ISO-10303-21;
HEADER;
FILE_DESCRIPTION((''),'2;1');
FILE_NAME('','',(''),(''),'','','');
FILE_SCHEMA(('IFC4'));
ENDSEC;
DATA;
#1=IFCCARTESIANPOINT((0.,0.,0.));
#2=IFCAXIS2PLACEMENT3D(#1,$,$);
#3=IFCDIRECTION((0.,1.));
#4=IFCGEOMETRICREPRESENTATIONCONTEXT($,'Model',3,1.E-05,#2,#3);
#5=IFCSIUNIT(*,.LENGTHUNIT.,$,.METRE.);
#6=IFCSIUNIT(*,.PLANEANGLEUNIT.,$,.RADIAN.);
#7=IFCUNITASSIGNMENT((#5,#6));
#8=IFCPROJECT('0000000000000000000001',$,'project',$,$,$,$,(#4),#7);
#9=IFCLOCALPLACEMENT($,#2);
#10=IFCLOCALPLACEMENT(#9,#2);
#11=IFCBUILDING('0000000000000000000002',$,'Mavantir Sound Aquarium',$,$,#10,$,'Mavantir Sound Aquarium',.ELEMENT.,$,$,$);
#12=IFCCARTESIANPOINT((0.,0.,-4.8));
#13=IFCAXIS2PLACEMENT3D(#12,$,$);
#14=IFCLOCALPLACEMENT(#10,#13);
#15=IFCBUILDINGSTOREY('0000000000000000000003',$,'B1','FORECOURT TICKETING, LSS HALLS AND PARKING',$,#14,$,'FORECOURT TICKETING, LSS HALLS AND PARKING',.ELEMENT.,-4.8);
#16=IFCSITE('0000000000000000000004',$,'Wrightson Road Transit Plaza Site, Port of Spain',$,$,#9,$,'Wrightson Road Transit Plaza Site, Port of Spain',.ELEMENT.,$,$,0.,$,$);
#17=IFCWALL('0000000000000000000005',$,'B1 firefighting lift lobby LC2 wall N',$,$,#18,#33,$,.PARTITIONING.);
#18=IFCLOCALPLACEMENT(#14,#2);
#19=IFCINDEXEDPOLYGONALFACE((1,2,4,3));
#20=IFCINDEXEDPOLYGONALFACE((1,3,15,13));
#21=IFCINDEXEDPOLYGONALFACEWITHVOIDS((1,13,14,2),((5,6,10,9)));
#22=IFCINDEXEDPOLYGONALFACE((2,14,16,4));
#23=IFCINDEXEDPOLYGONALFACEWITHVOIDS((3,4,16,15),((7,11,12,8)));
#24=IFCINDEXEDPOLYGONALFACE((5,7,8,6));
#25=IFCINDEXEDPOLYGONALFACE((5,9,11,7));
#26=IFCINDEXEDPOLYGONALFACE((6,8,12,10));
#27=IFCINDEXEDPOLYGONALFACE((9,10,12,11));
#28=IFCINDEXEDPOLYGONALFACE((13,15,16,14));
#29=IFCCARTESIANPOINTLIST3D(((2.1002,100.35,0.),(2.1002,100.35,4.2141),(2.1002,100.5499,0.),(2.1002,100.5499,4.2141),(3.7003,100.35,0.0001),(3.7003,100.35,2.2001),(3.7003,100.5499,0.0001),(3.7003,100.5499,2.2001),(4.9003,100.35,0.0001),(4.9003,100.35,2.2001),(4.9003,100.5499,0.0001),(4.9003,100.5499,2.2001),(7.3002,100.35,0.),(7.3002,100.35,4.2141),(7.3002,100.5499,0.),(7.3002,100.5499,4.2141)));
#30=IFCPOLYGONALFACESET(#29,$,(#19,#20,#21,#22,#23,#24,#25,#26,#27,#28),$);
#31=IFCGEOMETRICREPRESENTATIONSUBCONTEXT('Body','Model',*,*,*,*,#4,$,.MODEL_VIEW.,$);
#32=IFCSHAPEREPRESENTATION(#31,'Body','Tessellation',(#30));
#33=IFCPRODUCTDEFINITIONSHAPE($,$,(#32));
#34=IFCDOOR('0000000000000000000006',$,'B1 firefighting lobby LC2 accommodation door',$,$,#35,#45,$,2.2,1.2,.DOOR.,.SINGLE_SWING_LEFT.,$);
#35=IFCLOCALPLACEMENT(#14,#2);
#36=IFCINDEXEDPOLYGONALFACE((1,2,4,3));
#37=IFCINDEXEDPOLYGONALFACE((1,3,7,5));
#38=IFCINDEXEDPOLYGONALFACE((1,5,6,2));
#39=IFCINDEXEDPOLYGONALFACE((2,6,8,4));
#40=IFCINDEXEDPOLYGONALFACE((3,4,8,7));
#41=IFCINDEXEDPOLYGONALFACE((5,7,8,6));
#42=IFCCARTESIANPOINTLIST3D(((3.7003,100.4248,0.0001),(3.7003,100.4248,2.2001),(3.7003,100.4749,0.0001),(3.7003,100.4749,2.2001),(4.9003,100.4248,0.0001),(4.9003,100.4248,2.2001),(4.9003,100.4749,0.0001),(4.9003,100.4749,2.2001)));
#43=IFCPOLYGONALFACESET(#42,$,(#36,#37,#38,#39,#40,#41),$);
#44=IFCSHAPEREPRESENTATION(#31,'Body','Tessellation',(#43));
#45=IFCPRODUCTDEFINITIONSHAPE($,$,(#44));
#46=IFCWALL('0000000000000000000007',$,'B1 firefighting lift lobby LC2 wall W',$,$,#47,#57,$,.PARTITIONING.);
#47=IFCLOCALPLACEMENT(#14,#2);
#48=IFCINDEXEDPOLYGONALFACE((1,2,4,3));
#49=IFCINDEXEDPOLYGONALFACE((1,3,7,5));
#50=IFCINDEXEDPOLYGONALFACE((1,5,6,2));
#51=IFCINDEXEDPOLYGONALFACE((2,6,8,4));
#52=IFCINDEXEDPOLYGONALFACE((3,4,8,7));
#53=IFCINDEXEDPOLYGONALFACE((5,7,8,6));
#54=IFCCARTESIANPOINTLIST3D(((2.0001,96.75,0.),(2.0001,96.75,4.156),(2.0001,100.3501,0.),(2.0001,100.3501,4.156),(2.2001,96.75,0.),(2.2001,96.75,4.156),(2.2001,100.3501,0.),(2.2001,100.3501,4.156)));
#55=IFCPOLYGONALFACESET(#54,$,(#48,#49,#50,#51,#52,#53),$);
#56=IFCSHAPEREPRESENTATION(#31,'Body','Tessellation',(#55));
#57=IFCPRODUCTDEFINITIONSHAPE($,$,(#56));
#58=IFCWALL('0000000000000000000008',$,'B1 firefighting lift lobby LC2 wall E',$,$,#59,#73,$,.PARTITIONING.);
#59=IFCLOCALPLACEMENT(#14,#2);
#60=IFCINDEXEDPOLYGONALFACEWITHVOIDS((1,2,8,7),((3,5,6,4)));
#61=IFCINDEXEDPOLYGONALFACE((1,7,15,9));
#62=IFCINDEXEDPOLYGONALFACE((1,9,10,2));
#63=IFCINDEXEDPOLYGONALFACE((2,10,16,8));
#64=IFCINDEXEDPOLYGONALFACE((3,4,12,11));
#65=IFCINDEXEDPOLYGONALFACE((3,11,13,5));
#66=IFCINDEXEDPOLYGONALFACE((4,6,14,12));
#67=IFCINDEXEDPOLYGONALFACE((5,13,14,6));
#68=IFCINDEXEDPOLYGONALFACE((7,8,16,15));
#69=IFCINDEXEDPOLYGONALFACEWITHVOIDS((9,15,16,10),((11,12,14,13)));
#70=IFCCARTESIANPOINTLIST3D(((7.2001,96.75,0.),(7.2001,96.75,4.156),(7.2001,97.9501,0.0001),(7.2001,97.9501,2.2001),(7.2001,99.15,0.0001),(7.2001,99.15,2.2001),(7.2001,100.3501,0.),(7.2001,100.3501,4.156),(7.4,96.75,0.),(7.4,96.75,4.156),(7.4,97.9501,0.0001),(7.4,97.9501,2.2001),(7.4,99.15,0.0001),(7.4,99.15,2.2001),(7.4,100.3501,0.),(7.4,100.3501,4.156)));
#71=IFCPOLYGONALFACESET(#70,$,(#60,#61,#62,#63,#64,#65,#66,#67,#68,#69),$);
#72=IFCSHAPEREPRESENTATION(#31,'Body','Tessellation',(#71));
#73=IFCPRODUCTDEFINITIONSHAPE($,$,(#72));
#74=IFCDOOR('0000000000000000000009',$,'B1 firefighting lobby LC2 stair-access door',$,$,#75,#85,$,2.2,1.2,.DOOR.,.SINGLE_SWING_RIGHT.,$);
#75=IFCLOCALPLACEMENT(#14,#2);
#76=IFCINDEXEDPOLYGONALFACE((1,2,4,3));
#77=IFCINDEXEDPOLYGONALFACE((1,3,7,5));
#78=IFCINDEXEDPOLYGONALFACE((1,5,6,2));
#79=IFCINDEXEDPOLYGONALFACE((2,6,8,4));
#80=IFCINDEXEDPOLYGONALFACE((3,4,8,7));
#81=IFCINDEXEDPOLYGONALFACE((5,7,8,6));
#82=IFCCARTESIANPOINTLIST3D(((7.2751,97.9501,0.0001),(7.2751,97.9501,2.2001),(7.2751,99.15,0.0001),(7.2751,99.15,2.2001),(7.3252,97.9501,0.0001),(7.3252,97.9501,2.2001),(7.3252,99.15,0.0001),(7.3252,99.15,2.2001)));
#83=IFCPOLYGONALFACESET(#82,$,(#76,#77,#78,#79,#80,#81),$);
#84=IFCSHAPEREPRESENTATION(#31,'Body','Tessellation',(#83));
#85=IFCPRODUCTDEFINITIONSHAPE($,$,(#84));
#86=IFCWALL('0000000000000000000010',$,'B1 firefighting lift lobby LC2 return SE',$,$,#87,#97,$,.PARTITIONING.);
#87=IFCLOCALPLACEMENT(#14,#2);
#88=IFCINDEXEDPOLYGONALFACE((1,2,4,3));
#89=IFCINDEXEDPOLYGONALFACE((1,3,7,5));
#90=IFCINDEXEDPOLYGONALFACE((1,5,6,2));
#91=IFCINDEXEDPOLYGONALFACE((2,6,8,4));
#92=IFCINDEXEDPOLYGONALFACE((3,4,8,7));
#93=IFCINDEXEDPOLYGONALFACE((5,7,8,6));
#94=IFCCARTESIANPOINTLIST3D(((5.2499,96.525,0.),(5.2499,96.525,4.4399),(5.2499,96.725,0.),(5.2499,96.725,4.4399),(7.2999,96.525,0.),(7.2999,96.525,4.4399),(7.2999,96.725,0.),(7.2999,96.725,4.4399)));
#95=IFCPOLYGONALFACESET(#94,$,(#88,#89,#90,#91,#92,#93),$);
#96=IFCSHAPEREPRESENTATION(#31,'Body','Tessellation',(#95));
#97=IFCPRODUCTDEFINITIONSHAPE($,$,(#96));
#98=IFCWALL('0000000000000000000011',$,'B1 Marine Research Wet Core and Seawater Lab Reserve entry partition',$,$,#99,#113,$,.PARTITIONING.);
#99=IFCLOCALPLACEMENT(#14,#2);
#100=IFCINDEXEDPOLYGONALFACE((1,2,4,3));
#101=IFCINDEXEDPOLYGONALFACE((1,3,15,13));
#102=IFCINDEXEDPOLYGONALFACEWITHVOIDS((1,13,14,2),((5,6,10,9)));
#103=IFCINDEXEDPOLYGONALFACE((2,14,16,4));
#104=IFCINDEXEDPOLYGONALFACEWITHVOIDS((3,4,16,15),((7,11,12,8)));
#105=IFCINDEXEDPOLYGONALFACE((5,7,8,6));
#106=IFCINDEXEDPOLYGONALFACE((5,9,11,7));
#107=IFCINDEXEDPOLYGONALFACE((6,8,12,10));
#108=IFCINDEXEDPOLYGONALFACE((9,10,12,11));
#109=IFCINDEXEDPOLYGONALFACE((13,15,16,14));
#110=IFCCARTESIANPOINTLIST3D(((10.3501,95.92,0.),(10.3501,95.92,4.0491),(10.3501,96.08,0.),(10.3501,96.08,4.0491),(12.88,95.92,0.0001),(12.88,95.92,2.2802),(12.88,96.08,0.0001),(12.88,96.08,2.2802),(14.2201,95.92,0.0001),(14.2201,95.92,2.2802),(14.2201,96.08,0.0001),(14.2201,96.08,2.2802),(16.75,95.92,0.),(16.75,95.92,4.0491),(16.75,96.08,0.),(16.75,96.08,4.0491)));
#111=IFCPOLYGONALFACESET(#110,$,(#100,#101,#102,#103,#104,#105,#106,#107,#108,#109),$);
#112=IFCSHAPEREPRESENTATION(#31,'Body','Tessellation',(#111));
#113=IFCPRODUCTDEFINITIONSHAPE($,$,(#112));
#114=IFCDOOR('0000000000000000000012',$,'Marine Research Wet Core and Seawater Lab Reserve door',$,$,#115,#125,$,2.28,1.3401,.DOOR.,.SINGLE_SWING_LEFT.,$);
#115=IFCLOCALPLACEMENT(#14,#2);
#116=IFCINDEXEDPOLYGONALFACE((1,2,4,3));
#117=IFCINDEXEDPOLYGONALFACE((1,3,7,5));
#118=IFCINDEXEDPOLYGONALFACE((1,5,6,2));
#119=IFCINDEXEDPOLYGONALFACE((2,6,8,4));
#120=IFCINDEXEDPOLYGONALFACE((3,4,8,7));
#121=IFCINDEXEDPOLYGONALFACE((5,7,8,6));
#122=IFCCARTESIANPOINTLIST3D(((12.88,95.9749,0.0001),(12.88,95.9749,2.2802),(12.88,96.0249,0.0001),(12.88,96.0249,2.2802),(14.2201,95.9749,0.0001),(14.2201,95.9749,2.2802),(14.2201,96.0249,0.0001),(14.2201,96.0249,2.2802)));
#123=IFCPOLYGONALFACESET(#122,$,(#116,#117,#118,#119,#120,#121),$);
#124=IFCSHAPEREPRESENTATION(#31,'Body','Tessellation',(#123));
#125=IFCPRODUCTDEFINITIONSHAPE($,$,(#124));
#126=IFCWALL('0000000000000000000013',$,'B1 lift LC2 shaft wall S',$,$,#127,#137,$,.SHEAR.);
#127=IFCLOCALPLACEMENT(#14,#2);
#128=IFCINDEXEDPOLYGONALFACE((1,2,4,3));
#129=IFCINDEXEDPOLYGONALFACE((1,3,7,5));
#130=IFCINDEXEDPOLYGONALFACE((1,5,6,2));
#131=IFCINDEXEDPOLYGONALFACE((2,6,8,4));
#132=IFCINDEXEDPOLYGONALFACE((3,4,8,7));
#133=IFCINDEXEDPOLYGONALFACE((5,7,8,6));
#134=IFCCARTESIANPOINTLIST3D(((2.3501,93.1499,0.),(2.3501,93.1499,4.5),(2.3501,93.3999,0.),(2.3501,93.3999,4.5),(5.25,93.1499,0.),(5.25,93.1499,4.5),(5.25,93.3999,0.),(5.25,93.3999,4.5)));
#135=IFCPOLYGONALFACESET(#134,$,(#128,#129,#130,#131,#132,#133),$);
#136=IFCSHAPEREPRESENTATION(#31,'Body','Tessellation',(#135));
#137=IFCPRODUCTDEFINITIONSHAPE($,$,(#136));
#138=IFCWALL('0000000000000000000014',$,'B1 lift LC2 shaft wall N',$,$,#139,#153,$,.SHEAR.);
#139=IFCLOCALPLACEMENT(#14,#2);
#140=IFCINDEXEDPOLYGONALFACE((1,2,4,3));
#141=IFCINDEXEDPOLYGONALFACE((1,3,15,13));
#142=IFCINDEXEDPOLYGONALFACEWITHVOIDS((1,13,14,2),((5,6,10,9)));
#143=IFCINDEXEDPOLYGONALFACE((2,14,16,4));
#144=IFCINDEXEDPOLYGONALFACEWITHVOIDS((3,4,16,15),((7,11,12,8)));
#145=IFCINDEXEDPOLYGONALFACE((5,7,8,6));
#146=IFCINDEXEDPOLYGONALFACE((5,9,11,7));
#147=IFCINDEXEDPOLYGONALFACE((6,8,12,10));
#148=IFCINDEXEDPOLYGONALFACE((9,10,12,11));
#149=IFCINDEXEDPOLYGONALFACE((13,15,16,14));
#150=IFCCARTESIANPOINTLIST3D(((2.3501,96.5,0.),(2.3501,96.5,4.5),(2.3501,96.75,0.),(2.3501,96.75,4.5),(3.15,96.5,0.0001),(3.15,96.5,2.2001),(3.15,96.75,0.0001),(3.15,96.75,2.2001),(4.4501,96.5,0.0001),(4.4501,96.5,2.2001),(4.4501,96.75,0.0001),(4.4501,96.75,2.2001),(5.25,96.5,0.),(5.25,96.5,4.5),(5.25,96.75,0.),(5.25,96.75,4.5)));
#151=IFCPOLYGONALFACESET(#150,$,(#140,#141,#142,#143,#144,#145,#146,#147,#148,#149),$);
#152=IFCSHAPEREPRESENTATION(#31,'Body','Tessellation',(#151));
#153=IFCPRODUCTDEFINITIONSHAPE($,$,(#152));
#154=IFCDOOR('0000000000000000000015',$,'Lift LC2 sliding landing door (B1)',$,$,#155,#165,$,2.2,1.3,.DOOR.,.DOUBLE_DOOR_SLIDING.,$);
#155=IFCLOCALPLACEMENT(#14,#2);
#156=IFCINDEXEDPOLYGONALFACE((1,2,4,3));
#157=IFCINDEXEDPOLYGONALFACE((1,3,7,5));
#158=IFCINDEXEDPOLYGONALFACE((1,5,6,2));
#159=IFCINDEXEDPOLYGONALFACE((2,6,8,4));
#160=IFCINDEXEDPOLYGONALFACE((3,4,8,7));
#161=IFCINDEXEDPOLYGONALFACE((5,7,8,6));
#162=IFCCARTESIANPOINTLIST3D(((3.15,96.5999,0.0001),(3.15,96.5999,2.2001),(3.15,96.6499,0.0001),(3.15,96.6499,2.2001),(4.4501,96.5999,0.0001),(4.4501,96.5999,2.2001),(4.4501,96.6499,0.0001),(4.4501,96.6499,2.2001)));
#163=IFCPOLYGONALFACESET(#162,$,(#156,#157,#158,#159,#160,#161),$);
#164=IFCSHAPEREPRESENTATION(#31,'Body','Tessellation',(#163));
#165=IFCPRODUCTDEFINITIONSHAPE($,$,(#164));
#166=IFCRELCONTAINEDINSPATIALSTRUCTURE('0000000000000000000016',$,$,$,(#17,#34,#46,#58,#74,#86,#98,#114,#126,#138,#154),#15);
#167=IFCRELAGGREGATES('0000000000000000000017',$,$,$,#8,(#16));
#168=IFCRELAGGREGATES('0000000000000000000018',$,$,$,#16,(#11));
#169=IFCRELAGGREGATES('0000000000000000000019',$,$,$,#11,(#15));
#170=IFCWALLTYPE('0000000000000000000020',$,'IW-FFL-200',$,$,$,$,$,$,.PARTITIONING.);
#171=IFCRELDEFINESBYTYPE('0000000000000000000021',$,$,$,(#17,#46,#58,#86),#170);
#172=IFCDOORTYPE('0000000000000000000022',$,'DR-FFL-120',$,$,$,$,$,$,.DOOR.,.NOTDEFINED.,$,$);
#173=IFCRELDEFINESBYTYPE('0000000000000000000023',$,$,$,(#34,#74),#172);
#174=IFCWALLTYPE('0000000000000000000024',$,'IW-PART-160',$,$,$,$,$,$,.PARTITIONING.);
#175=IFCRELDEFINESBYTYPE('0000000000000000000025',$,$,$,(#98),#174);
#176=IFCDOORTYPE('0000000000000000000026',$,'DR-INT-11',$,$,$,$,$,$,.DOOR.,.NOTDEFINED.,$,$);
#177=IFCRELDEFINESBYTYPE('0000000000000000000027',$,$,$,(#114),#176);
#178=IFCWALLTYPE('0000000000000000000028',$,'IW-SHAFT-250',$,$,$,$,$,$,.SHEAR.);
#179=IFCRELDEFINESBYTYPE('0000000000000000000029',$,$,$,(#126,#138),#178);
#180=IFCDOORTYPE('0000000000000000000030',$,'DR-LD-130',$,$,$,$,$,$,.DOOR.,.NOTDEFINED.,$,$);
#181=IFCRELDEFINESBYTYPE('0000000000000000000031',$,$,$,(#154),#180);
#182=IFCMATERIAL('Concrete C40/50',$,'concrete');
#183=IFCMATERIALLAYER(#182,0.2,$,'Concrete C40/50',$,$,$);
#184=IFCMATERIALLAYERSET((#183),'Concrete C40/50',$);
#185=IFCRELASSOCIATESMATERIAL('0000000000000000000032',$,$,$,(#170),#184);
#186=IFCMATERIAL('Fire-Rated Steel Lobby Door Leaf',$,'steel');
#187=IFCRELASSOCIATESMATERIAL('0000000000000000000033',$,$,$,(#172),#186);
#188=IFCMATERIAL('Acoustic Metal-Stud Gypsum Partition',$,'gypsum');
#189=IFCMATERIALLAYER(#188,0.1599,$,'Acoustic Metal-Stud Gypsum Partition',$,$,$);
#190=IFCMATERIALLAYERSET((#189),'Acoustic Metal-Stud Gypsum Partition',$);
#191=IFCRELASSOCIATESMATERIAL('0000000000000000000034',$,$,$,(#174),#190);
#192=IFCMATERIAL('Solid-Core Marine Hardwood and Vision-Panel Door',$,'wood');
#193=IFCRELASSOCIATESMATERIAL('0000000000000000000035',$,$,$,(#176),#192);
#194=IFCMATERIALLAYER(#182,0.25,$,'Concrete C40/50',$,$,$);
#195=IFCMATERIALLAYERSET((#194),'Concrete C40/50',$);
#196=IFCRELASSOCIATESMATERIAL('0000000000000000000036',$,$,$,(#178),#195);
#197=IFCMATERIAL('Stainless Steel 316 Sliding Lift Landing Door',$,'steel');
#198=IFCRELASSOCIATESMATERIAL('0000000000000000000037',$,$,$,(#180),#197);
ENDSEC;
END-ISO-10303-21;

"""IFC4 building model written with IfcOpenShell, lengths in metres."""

from ifc_helpers import new_model, si_unit, direction, frame, frame_2d, origin, place, context, subcontext, project, spatial, rectangle, extrude, material, layer, layer_set, type_object, element, fill, save


model = new_model("IFC4")

# Units and contexts
model_context = context("Model", 3, precision=1e-05, world=origin(), true_north=direction((0.0, 1.0)))
body_context = subcontext(model_context, "Body", "Model", "MODEL_VIEW")
ifc_project = project(units=[si_unit("LENGTHUNIT", "METRE"), si_unit("PLANEANGLEUNIT", "RADIAN")], contexts=[model_context])

# Site, building, storey
site_placement = place(None, origin())
site = spatial("IfcSite", under=ifc_project, at=site_placement, Name="Wrightson Road Transit Plaza Site, Port of Spain", LongName="Wrightson Road Transit Plaza Site, Port of Spain", CompositionType="ELEMENT", RefElevation=0.0)
building_placement = place(site_placement, origin())
building = spatial("IfcBuilding", under=site, at=building_placement, Name="Mavantir Sound Aquarium", LongName="Mavantir Sound Aquarium", CompositionType="ELEMENT")
storey_placement = place(building_placement, frame((0.0, 0.0, -4.8)))
storey = spatial("IfcBuildingStorey", under=building, at=storey_placement, Name="B1", Description="FORECOURT TICKETING, LSS HALLS AND PARKING", LongName="FORECOURT TICKETING, LSS HALLS AND PARKING", CompositionType="ELEMENT", Elevation=-4.8)

# Shared definitions
ifc_material_1 = material(Name="Concrete C40/50", Category="concrete")

# Wall, opening, door
ifc_layer_1 = layer(ifc_material_1, 0.2, Name="Concrete C40/50")
ifc_layer_set_1 = layer_set([ifc_layer_1], Name="Concrete C40/50")
wall_type_1 = type_object("IfcWallType", Name="IW-FFL-200", PredefinedType="PARTITIONING", material=ifc_layer_set_1)
wall_1_placement = place(storey_placement, frame((2.1001, 100.45, 0.0), z_axis=(0.0, 0.0, 1.0), x_axis=(1.0, 0.0, 0.0)))
wall_1 = element("IfcWall", 1, at=wall_1_placement, inside=storey, type_object=wall_type_1, Name="B1 firefighting lift lobby LC2 wall N", PredefinedType="PARTITIONING", context=body_context, shape_type="SweptSolid", body=[
    extrude(rectangle(XDim=5.2, YDim=0.2, at=frame_2d((2.6001, 0.0))), origin(), (0.0, 0.0, 1.0), 4.2141),
])
opening_1_placement = place(wall_1_placement, frame((1.6001, 0.0, 0.0)))
opening_1 = element("IfcOpeningElement", 2, at=opening_1_placement, cuts=wall_1, PredefinedType="OPENING", context=body_context, shape_type="SweptSolid", body=[
    extrude(rectangle(XDim=1.2, YDim=2.2, at=frame_2d((0.6001, 1.1001))), frame((0.0, 0.1099, 0.0), z_axis=(0.0, -1.0, 0.0), x_axis=(1.0, 0.0, 0.0)), (0.0, 0.0, 1.0), 0.22),
])
ifc_material_2 = material(Name="Fire-Rated Steel Lobby Door Leaf", Category="steel")
door_type_1 = type_object("IfcDoorType", Name="DR-FFL-120", OperationType="NOTDEFINED", PredefinedType="DOOR", material=ifc_material_2)
door_1_placement = place(opening_1_placement, origin())
door_1 = element("IfcDoor", 3, at=door_1_placement, inside=storey, type_object=door_type_1, Name="B1 firefighting lobby LC2 accommodation door", OperationType="SINGLE_SWING_LEFT", OverallHeight=2.2, OverallWidth=1.2, PredefinedType="DOOR", context=body_context, shape_type="SweptSolid", body=[
    extrude(rectangle(XDim=1.2, YDim=2.2, at=frame_2d((0.6001, 1.1001))), frame((0.0, 0.0249, 0.0), z_axis=(0.0, -1.0, 0.0), x_axis=(1.0, 0.0, 0.0)), (0.0, 0.0, 1.0), 0.05),
])
fill(opening_1, door_1)

# Wall
wall_2_placement = place(storey_placement, frame((2.1001, 96.75, 0.0), z_axis=(0.0, 0.0, 1.0), x_axis=(0.0, 1.0, 0.0)))
element("IfcWall", 4, at=wall_2_placement, inside=storey, type_object=wall_type_1, Name="B1 firefighting lift lobby LC2 wall W", PredefinedType="PARTITIONING", context=body_context, shape_type="SweptSolid", body=[
    extrude(rectangle(XDim=3.6001, YDim=0.2, at=frame_2d((1.8, 0.0))), origin(), (0.0, 0.0, 1.0), 4.156),
])

# Wall, opening, door
wall_3_placement = place(storey_placement, frame((7.3, 96.75, 0.0), z_axis=(0.0, 0.0, 1.0), x_axis=(0.0, 1.0, 0.0)))
wall_3 = element("IfcWall", 5, at=wall_3_placement, inside=storey, type_object=wall_type_1, Name="B1 firefighting lift lobby LC2 wall E", PredefinedType="PARTITIONING", context=body_context, shape_type="SweptSolid", body=[
    extrude(rectangle(XDim=3.6001, YDim=0.2, at=frame_2d((1.8, 0.0))), origin(), (0.0, 0.0, 1.0), 4.156),
])
opening_2_placement = place(wall_3_placement, frame((1.2, 0.0, 0.0)))
opening_2 = element("IfcOpeningElement", 6, at=opening_2_placement, cuts=wall_3, PredefinedType="OPENING", context=body_context, shape_type="SweptSolid", body=[
    extrude(rectangle(XDim=1.2, YDim=2.2, at=frame_2d((0.6001, 1.1001))), frame((0.0, 0.1099, 0.0), z_axis=(0.0, -1.0, 0.0), x_axis=(1.0, 0.0, 0.0)), (0.0, 0.0, 1.0), 0.22),
])
door_2_placement = place(opening_2_placement, origin())
door_2 = element("IfcDoor", 7, at=door_2_placement, inside=storey, type_object=door_type_1, Name="B1 firefighting lobby LC2 stair-access door", OperationType="SINGLE_SWING_RIGHT", OverallHeight=2.2, OverallWidth=1.2, PredefinedType="DOOR", context=body_context, shape_type="SweptSolid", body=[
    extrude(rectangle(XDim=1.2, YDim=2.2, at=frame_2d((0.6001, 1.1001))), frame((0.0, 0.0249, 0.0), z_axis=(0.0, -1.0, 0.0), x_axis=(1.0, 0.0, 0.0)), (0.0, 0.0, 1.0), 0.05),
])
fill(opening_2, door_2)

# Wall
wall_4_placement = place(storey_placement, frame((5.25, 96.625, 0.0), z_axis=(0.0, 0.0, 1.0), x_axis=(1.0, 0.0, 0.0)))
element("IfcWall", 8, at=wall_4_placement, inside=storey, type_object=wall_type_1, Name="B1 firefighting lift lobby LC2 return SE", PredefinedType="PARTITIONING", context=body_context, shape_type="SweptSolid", body=[
    extrude(rectangle(XDim=2.05, YDim=0.2, at=frame_2d((1.0249, 0.0))), origin(), (0.0, 0.0, 1.0), 4.4399),
])

# Wall, opening, door
ifc_material_3 = material(Name="Acoustic Metal-Stud Gypsum Partition", Category="gypsum")
ifc_layer_2 = layer(ifc_material_3, 0.1599, Name="Acoustic Metal-Stud Gypsum Partition")
ifc_layer_set_2 = layer_set([ifc_layer_2], Name="Acoustic Metal-Stud Gypsum Partition")
wall_type_2 = type_object("IfcWallType", Name="IW-PART-160", PredefinedType="PARTITIONING", material=ifc_layer_set_2)
wall_5_placement = place(storey_placement, frame((10.3501, 96.0, 0.0), z_axis=(0.0, 0.0, 1.0), x_axis=(1.0, 0.0, 0.0)))
wall_5 = element("IfcWall", 9, at=wall_5_placement, inside=storey, type_object=wall_type_2, Name="B1 Marine Research Wet Core and Seawater Lab Reserve entry partition", PredefinedType="PARTITIONING", context=body_context, shape_type="SweptSolid", body=[
    extrude(rectangle(XDim=6.3999, YDim=0.1599, at=frame_2d((3.2, 0.0))), origin(), (0.0, 0.0, 1.0), 4.0491),
])
opening_3_placement = place(wall_5_placement, frame((2.53, 0.0, 0.0)))
opening_3 = element("IfcOpeningElement", 10, at=opening_3_placement, cuts=wall_5, PredefinedType="OPENING", context=body_context, shape_type="SweptSolid", body=[
    extrude(rectangle(XDim=1.3401, YDim=2.28, at=frame_2d((0.6699, 1.1401))), frame((0.0, 0.0898, 0.0), z_axis=(0.0, -1.0, 0.0), x_axis=(1.0, 0.0, 0.0)), (0.0, 0.0, 1.0), 0.1799),
])
ifc_material_4 = material(Name="Solid-Core Marine Hardwood and Vision-Panel Door", Category="wood")
door_type_2 = type_object("IfcDoorType", Name="DR-INT-11", OperationType="NOTDEFINED", PredefinedType="DOOR", material=ifc_material_4)
door_3_placement = place(opening_3_placement, origin())
door_3 = element("IfcDoor", 11, at=door_3_placement, inside=storey, type_object=door_type_2, Name="Marine Research Wet Core and Seawater Lab Reserve door", OperationType="SINGLE_SWING_LEFT", OverallHeight=2.28, OverallWidth=1.3401, PredefinedType="DOOR", context=body_context, shape_type="SweptSolid", body=[
    extrude(rectangle(XDim=1.3401, YDim=2.28, at=frame_2d((0.6699, 1.1401))), frame((0.0, 0.0249, 0.0), z_axis=(0.0, -1.0, 0.0), x_axis=(1.0, 0.0, 0.0)), (0.0, 0.0, 1.0), 0.05),
])
fill(opening_3, door_3)

# Wall
ifc_layer_3 = layer(ifc_material_1, 0.25, Name="Concrete C40/50")
ifc_layer_set_3 = layer_set([ifc_layer_3], Name="Concrete C40/50")
wall_type_3 = type_object("IfcWallType", Name="IW-SHAFT-250", PredefinedType="SHEAR", material=ifc_layer_set_3)
wall_6_placement = place(storey_placement, frame((2.3501, 93.2749, 0.0), z_axis=(0.0, 0.0, 1.0), x_axis=(1.0, 0.0, 0.0)))
element("IfcWall", 12, at=wall_6_placement, inside=storey, type_object=wall_type_3, Name="B1 lift LC2 shaft wall S", PredefinedType="SHEAR", context=body_context, shape_type="SweptSolid", body=[
    extrude(rectangle(XDim=2.8999, YDim=0.25, at=frame_2d((1.45, 0.0))), origin(), (0.0, 0.0, 1.0), 4.5),
])

# Wall, opening, door
wall_7_placement = place(storey_placement, frame((2.3501, 96.625, 0.0), z_axis=(0.0, 0.0, 1.0), x_axis=(1.0, 0.0, 0.0)))
wall_7 = element("IfcWall", 13, at=wall_7_placement, inside=storey, type_object=wall_type_3, Name="B1 lift LC2 shaft wall N", PredefinedType="SHEAR", context=body_context, shape_type="SweptSolid", body=[
    extrude(rectangle(XDim=2.8999, YDim=0.25, at=frame_2d((1.45, 0.0))), origin(), (0.0, 0.0, 1.0), 4.5),
])
opening_4_placement = place(wall_7_placement, frame((0.8, 0.0, 0.0)))
opening_4 = element("IfcOpeningElement", 14, at=opening_4_placement, cuts=wall_7, PredefinedType="OPENING", context=body_context, shape_type="SweptSolid", body=[
    extrude(rectangle(XDim=1.3, YDim=2.2, at=frame_2d((0.6499, 1.1001))), frame((0.0, 0.135, 0.0), z_axis=(0.0, -1.0, 0.0), x_axis=(1.0, 0.0, 0.0)), (0.0, 0.0, 1.0), 0.27),
])
ifc_material_5 = material(Name="Stainless Steel 316 Sliding Lift Landing Door", Category="steel")
door_type_3 = type_object("IfcDoorType", Name="DR-LD-130", OperationType="NOTDEFINED", PredefinedType="DOOR", material=ifc_material_5)
door_4_placement = place(opening_4_placement, origin())
door_4 = element("IfcDoor", 15, at=door_4_placement, inside=storey, type_object=door_type_3, Name="Lift LC2 sliding landing door (B1)", OperationType="DOUBLE_DOOR_SLIDING", OverallHeight=2.2, OverallWidth=1.3, PredefinedType="DOOR", context=body_context, shape_type="SweptSolid", body=[
    extrude(rectangle(XDim=1.3, YDim=2.2, at=frame_2d((0.6499, 1.1001))), frame((0.0, 0.0249, 0.0), z_axis=(0.0, -1.0, 0.0), x_axis=(1.0, 0.0, 0.0)), (0.0, 0.0, 1.0), 0.05),
])
fill(opening_4, door_4)

save(model, "model.ifc")
